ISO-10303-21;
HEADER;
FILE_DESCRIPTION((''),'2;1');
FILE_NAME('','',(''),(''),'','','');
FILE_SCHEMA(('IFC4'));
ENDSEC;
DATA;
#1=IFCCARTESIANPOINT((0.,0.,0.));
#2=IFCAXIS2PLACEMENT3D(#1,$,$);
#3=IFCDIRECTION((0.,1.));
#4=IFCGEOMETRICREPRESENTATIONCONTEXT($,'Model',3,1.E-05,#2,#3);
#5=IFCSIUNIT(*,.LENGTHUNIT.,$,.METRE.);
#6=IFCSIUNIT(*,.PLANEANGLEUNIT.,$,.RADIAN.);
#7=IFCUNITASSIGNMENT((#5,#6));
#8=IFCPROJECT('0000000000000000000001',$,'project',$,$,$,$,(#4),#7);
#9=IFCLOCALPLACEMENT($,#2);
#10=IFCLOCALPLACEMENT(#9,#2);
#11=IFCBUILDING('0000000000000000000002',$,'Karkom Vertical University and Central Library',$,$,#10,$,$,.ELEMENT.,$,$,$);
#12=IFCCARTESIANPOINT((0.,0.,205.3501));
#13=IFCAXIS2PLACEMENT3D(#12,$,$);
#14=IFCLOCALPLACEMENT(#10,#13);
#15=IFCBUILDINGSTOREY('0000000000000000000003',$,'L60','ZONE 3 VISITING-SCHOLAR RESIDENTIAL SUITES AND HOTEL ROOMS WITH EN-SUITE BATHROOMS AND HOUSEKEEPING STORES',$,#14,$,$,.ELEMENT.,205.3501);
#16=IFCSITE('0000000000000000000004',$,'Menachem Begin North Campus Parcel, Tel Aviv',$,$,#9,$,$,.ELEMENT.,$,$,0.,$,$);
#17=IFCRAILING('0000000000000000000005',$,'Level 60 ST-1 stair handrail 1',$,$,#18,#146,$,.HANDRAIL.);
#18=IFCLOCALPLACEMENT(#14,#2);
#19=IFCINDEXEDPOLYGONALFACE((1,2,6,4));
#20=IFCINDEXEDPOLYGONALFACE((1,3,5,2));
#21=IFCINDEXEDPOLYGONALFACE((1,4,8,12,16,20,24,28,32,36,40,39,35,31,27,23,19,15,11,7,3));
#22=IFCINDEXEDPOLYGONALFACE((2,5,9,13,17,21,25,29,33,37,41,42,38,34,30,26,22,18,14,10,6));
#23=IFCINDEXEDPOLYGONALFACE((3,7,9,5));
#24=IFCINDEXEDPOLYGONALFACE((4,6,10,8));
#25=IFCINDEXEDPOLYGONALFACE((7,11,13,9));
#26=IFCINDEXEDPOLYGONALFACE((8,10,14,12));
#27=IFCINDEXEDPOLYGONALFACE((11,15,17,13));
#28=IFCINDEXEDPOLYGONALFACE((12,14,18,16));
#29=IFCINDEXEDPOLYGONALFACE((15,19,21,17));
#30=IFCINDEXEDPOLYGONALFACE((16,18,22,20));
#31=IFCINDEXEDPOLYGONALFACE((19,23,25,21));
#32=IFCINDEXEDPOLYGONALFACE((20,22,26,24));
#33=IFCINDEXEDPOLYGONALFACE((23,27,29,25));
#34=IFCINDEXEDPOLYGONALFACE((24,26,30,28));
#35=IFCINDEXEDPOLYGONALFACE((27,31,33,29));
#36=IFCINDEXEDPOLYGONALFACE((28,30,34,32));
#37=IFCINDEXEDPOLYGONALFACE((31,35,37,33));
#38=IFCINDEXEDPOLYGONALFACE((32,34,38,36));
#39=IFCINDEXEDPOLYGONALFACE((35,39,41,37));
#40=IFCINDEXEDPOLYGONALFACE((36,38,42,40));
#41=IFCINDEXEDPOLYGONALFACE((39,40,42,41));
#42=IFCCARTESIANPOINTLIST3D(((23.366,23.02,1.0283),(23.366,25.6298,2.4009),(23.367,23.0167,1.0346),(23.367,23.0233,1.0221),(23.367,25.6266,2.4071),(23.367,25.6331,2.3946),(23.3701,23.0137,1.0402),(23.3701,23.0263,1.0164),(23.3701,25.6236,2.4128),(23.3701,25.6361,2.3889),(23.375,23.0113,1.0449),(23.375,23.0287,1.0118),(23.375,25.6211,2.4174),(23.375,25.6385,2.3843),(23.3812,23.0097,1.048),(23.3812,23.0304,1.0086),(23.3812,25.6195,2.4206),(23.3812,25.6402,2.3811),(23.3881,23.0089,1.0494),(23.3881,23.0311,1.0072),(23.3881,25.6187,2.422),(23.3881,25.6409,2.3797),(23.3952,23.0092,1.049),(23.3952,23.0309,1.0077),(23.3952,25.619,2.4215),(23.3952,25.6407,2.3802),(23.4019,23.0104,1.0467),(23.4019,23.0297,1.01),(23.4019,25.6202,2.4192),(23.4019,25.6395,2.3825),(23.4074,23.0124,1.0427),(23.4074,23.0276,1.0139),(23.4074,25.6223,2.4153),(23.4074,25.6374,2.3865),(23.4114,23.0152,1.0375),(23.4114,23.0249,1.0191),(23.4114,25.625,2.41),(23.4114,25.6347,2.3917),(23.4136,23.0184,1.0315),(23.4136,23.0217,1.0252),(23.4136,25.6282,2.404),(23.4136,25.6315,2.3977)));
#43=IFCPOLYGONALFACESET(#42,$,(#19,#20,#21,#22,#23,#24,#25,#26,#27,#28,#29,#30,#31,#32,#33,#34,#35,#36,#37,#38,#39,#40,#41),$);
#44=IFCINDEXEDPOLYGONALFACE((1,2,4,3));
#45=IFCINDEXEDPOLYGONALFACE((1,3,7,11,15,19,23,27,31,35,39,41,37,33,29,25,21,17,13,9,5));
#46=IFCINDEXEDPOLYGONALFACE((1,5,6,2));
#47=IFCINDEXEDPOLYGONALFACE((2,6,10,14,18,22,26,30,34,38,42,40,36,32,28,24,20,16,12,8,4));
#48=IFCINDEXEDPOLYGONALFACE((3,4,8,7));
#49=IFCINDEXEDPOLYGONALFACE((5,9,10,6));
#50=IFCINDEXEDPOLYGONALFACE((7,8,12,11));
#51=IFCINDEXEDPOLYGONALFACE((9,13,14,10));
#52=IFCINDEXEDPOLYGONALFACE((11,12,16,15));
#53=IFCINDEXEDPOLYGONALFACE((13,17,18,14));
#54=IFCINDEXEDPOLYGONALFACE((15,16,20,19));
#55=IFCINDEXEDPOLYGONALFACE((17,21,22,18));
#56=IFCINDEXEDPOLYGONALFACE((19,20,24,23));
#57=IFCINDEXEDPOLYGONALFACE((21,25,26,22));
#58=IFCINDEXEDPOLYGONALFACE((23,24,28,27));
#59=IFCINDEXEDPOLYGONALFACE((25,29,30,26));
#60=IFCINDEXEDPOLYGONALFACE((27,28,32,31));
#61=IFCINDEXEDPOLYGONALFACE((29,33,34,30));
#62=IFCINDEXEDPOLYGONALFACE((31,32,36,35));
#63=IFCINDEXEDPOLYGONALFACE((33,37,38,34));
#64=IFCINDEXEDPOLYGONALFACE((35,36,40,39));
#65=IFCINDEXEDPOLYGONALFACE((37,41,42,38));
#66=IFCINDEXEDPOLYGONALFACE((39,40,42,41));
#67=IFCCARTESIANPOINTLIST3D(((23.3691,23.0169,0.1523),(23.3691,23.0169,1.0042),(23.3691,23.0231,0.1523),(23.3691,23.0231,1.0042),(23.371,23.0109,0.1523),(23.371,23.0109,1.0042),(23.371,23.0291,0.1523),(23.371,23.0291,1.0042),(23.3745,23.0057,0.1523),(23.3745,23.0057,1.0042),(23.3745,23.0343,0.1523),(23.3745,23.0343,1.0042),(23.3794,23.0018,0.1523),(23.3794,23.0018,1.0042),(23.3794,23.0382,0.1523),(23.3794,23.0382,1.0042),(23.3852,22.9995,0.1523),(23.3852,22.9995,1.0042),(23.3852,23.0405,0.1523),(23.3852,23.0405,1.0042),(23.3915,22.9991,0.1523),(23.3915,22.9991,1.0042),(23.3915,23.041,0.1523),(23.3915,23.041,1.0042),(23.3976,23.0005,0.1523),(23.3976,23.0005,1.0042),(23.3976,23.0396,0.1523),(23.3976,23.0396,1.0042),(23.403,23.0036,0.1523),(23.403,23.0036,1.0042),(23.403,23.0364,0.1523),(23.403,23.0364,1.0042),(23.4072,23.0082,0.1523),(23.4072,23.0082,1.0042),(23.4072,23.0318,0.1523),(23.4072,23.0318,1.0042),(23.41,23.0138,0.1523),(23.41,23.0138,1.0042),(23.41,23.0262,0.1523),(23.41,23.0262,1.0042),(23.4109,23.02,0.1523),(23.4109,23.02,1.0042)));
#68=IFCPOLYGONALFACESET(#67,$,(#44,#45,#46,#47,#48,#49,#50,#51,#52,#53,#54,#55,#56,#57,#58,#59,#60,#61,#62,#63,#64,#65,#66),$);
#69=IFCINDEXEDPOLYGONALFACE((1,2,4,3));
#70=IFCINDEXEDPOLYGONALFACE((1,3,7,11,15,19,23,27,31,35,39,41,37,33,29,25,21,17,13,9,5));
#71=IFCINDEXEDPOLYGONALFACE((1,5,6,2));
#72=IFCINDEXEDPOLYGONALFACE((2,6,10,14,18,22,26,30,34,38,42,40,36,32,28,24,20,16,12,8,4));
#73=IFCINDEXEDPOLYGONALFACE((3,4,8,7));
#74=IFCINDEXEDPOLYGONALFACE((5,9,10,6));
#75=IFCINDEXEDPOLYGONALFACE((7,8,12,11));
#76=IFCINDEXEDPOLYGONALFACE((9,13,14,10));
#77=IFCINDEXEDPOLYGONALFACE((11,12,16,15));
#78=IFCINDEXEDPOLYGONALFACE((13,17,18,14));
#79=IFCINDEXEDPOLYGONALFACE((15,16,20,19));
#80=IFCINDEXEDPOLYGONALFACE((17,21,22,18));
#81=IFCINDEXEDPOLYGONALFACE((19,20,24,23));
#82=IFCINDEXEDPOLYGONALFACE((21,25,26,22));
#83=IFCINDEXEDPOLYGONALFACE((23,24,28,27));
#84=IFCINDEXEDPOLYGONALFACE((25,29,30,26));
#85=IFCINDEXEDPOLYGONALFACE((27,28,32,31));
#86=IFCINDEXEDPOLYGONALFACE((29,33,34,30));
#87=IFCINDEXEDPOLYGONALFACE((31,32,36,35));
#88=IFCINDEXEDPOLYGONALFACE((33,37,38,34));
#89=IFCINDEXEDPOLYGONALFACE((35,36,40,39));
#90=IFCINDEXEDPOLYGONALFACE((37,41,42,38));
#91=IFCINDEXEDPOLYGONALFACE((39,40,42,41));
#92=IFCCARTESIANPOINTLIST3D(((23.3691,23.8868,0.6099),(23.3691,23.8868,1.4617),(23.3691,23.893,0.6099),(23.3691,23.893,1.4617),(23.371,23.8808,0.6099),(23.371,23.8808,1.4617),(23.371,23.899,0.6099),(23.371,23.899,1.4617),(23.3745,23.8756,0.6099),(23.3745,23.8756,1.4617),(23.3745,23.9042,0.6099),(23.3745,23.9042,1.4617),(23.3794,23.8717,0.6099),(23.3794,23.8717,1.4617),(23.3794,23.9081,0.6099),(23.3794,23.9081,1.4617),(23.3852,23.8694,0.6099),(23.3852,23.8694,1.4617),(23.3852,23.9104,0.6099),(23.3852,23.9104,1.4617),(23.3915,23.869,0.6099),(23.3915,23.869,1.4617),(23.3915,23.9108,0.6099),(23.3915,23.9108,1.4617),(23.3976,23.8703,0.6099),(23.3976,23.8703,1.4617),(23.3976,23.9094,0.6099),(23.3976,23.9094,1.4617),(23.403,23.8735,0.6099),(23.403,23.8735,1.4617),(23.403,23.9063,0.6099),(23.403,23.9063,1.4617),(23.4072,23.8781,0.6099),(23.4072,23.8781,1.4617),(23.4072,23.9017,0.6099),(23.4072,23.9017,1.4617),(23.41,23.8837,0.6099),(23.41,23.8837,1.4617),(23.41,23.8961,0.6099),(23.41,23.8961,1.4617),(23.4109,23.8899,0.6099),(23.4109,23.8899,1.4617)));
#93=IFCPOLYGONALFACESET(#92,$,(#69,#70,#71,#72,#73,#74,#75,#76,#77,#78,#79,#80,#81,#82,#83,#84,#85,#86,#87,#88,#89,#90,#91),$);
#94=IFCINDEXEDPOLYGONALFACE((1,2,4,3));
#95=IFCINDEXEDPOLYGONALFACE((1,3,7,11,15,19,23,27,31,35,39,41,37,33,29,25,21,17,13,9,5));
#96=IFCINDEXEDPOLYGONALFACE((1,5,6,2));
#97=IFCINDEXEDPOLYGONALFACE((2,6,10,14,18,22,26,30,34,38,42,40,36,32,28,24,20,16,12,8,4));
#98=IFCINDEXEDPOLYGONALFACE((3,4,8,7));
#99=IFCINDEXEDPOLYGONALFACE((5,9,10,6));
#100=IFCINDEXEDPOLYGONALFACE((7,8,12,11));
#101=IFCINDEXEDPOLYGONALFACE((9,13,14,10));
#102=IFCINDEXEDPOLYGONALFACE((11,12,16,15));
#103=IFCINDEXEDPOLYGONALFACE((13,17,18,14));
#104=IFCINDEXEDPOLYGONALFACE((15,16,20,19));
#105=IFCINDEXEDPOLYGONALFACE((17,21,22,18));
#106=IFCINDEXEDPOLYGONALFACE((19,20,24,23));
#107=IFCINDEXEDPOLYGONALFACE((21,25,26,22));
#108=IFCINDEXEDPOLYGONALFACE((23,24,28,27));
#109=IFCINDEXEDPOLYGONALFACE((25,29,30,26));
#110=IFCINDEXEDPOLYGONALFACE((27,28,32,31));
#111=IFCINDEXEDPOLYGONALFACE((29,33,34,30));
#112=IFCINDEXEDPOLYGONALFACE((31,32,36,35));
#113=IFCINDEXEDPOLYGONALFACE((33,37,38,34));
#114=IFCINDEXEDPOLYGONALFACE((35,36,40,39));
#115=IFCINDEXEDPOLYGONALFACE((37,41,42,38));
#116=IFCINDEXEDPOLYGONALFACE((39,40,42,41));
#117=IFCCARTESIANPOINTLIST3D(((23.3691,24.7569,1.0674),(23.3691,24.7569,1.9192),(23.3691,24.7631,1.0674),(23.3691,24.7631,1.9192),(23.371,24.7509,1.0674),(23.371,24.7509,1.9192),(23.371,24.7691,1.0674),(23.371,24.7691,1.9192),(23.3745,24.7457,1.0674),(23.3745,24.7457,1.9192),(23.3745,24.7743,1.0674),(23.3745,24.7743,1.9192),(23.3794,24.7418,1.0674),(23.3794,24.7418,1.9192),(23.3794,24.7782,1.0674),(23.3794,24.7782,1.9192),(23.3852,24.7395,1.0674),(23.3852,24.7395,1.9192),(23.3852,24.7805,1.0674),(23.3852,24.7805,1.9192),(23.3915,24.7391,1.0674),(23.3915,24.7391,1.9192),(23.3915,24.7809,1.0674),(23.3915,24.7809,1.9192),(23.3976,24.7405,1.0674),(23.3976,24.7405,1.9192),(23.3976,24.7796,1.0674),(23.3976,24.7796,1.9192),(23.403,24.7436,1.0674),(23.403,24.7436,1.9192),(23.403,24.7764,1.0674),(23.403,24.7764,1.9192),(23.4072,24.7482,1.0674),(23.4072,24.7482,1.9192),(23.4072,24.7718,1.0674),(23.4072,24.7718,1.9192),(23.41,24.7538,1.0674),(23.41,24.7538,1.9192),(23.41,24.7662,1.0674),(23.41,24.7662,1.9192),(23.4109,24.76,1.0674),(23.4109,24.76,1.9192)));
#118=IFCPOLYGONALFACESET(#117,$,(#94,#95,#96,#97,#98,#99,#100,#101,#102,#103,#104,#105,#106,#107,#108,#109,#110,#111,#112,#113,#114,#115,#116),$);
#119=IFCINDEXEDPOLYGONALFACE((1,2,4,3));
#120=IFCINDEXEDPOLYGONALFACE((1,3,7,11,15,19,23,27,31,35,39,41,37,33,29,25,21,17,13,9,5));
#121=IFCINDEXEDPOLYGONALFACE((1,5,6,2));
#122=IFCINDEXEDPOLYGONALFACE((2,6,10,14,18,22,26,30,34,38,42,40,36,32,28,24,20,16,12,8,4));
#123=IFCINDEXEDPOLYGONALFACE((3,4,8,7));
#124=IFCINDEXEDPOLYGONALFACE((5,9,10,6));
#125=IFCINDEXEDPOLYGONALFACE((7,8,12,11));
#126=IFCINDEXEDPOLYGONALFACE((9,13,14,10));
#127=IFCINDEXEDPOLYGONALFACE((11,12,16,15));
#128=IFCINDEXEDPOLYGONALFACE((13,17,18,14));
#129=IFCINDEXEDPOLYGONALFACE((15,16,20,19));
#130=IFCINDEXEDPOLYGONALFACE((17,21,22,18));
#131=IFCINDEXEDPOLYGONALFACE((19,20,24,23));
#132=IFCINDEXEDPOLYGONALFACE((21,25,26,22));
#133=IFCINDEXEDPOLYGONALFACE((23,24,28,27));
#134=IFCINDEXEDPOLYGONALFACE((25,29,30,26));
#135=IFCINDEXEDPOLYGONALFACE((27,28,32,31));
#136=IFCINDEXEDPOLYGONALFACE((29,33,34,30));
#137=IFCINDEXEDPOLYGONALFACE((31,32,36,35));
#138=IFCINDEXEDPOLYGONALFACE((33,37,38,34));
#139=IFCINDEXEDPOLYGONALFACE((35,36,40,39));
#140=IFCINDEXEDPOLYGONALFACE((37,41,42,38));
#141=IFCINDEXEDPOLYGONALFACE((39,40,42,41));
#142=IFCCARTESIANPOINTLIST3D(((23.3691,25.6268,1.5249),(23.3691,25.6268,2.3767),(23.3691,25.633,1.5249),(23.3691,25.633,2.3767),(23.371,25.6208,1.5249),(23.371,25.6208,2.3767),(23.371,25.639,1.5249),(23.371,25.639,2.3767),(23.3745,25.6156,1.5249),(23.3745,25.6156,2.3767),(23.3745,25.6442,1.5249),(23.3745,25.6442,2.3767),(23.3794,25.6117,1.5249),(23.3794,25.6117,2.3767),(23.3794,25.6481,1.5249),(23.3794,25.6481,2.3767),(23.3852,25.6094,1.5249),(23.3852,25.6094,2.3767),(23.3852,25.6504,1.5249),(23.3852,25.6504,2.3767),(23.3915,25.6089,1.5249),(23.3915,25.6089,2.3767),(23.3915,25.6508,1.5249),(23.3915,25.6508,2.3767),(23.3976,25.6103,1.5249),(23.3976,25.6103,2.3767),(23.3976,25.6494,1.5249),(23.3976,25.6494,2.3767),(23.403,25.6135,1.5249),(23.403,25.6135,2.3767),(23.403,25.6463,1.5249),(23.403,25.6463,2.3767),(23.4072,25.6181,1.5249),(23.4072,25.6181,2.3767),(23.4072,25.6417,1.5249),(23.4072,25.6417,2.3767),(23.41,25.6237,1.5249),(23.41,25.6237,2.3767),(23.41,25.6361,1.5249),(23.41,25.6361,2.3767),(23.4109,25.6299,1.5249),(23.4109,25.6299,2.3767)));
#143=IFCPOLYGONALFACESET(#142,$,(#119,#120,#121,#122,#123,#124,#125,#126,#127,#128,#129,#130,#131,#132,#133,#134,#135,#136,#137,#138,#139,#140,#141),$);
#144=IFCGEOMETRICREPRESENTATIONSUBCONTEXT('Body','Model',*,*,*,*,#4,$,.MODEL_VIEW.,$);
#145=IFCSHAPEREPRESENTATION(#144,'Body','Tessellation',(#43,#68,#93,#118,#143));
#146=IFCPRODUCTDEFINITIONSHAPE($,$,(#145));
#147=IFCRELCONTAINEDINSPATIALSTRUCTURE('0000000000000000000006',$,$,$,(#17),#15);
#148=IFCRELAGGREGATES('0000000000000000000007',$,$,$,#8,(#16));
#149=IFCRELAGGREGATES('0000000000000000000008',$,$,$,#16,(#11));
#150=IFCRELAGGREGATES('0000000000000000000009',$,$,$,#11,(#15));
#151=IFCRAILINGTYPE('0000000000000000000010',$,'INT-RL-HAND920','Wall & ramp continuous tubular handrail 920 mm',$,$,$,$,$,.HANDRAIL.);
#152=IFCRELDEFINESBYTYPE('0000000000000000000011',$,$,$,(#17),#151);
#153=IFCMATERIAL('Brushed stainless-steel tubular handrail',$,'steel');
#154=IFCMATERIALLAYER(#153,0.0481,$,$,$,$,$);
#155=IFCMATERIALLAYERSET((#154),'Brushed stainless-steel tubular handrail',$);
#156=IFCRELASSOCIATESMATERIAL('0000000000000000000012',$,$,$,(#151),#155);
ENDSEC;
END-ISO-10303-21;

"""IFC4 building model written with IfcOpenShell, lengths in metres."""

from ifc_helpers import new_model, si_unit, direction, frame, origin, origin_2d, place, context, subcontext, project, spatial, circle, extrude, material, layer, layer_set, type_object, element, save


model = new_model("IFC4")

# Units and contexts
model_context = context("Model", 3, precision=1e-05, world=origin(), true_north=direction((0.0, 1.0)))
body_context = subcontext(model_context, "Body", "Model", "MODEL_VIEW")
ifc_project = project(units=[si_unit("LENGTHUNIT", "METRE"), si_unit("PLANEANGLEUNIT", "RADIAN")], contexts=[model_context])

# Site, building, storey
site_placement = place(None, origin())
site = spatial("IfcSite", under=ifc_project, at=site_placement, Name="Menachem Begin North Campus Parcel, Tel Aviv", CompositionType="ELEMENT", RefElevation=0.0)
building_placement = place(site_placement, origin())
building = spatial("IfcBuilding", under=site, at=building_placement, Name="Karkom Vertical University and Central Library", CompositionType="ELEMENT")
storey_placement = place(building_placement, frame((0.0, 0.0, 205.3501)))
storey = spatial("IfcBuildingStorey", under=building, at=storey_placement, Name="L60", Description="ZONE 3 VISITING-SCHOLAR RESIDENTIAL SUITES AND HOTEL ROOMS WITH EN-SUITE BATHROOMS AND HOUSEKEEPING STORES", CompositionType="ELEMENT", Elevation=205.3501)

# Railing
ifc_material_1 = material(Name="Brushed stainless-steel tubular handrail", Category="steel")
ifc_layer_1 = layer(ifc_material_1, 0.0481)
ifc_layer_set_1 = layer_set([ifc_layer_1], Name="Brushed stainless-steel tubular handrail")
railing_type_1 = type_object("IfcRailingType", Name="INT-RL-HAND920", Description="Wall & ramp continuous tubular handrail 920 mm", PredefinedType="HANDRAIL", material=ifc_layer_set_1)
railing_1_placement = place(storey_placement, frame((23.3899, 23.02, 0.1523)))
element("IfcRailing", 1, at=railing_1_placement, inside=storey, type_object=railing_type_1, Name="Level 60 ST-1 stair handrail 1", PredefinedType="HANDRAIL", context=body_context, shape_type="SweptSolid", body=[
    extrude(circle(Radius=0.0239, at=origin_2d()), frame((0.0, 0.0, 0.876), z_axis=(0.0, 0.885065, 0.465467), x_axis=(-1.0, 0.0, 0.0)), (0.0, 0.0, 1.0), 2.9487),
    extrude(circle(Radius=0.021, at=origin_2d()), origin(), (0.0, 0.0, 1.0), 0.8518),
    extrude(circle(Radius=0.021, at=origin_2d()), frame((0.0, 0.8699, 0.4575)), (0.0, 0.0, 1.0), 0.8518),
    extrude(circle(Radius=0.021, at=origin_2d()), frame((0.0, 1.74, 0.915)), (0.0, 0.0, 1.0), 0.8518),
    extrude(circle(Radius=0.021, at=origin_2d()), frame((0.0, 2.6099, 1.3726)), (0.0, 0.0, 1.0), 0.8518),
])

save(model, "model.ifc")
